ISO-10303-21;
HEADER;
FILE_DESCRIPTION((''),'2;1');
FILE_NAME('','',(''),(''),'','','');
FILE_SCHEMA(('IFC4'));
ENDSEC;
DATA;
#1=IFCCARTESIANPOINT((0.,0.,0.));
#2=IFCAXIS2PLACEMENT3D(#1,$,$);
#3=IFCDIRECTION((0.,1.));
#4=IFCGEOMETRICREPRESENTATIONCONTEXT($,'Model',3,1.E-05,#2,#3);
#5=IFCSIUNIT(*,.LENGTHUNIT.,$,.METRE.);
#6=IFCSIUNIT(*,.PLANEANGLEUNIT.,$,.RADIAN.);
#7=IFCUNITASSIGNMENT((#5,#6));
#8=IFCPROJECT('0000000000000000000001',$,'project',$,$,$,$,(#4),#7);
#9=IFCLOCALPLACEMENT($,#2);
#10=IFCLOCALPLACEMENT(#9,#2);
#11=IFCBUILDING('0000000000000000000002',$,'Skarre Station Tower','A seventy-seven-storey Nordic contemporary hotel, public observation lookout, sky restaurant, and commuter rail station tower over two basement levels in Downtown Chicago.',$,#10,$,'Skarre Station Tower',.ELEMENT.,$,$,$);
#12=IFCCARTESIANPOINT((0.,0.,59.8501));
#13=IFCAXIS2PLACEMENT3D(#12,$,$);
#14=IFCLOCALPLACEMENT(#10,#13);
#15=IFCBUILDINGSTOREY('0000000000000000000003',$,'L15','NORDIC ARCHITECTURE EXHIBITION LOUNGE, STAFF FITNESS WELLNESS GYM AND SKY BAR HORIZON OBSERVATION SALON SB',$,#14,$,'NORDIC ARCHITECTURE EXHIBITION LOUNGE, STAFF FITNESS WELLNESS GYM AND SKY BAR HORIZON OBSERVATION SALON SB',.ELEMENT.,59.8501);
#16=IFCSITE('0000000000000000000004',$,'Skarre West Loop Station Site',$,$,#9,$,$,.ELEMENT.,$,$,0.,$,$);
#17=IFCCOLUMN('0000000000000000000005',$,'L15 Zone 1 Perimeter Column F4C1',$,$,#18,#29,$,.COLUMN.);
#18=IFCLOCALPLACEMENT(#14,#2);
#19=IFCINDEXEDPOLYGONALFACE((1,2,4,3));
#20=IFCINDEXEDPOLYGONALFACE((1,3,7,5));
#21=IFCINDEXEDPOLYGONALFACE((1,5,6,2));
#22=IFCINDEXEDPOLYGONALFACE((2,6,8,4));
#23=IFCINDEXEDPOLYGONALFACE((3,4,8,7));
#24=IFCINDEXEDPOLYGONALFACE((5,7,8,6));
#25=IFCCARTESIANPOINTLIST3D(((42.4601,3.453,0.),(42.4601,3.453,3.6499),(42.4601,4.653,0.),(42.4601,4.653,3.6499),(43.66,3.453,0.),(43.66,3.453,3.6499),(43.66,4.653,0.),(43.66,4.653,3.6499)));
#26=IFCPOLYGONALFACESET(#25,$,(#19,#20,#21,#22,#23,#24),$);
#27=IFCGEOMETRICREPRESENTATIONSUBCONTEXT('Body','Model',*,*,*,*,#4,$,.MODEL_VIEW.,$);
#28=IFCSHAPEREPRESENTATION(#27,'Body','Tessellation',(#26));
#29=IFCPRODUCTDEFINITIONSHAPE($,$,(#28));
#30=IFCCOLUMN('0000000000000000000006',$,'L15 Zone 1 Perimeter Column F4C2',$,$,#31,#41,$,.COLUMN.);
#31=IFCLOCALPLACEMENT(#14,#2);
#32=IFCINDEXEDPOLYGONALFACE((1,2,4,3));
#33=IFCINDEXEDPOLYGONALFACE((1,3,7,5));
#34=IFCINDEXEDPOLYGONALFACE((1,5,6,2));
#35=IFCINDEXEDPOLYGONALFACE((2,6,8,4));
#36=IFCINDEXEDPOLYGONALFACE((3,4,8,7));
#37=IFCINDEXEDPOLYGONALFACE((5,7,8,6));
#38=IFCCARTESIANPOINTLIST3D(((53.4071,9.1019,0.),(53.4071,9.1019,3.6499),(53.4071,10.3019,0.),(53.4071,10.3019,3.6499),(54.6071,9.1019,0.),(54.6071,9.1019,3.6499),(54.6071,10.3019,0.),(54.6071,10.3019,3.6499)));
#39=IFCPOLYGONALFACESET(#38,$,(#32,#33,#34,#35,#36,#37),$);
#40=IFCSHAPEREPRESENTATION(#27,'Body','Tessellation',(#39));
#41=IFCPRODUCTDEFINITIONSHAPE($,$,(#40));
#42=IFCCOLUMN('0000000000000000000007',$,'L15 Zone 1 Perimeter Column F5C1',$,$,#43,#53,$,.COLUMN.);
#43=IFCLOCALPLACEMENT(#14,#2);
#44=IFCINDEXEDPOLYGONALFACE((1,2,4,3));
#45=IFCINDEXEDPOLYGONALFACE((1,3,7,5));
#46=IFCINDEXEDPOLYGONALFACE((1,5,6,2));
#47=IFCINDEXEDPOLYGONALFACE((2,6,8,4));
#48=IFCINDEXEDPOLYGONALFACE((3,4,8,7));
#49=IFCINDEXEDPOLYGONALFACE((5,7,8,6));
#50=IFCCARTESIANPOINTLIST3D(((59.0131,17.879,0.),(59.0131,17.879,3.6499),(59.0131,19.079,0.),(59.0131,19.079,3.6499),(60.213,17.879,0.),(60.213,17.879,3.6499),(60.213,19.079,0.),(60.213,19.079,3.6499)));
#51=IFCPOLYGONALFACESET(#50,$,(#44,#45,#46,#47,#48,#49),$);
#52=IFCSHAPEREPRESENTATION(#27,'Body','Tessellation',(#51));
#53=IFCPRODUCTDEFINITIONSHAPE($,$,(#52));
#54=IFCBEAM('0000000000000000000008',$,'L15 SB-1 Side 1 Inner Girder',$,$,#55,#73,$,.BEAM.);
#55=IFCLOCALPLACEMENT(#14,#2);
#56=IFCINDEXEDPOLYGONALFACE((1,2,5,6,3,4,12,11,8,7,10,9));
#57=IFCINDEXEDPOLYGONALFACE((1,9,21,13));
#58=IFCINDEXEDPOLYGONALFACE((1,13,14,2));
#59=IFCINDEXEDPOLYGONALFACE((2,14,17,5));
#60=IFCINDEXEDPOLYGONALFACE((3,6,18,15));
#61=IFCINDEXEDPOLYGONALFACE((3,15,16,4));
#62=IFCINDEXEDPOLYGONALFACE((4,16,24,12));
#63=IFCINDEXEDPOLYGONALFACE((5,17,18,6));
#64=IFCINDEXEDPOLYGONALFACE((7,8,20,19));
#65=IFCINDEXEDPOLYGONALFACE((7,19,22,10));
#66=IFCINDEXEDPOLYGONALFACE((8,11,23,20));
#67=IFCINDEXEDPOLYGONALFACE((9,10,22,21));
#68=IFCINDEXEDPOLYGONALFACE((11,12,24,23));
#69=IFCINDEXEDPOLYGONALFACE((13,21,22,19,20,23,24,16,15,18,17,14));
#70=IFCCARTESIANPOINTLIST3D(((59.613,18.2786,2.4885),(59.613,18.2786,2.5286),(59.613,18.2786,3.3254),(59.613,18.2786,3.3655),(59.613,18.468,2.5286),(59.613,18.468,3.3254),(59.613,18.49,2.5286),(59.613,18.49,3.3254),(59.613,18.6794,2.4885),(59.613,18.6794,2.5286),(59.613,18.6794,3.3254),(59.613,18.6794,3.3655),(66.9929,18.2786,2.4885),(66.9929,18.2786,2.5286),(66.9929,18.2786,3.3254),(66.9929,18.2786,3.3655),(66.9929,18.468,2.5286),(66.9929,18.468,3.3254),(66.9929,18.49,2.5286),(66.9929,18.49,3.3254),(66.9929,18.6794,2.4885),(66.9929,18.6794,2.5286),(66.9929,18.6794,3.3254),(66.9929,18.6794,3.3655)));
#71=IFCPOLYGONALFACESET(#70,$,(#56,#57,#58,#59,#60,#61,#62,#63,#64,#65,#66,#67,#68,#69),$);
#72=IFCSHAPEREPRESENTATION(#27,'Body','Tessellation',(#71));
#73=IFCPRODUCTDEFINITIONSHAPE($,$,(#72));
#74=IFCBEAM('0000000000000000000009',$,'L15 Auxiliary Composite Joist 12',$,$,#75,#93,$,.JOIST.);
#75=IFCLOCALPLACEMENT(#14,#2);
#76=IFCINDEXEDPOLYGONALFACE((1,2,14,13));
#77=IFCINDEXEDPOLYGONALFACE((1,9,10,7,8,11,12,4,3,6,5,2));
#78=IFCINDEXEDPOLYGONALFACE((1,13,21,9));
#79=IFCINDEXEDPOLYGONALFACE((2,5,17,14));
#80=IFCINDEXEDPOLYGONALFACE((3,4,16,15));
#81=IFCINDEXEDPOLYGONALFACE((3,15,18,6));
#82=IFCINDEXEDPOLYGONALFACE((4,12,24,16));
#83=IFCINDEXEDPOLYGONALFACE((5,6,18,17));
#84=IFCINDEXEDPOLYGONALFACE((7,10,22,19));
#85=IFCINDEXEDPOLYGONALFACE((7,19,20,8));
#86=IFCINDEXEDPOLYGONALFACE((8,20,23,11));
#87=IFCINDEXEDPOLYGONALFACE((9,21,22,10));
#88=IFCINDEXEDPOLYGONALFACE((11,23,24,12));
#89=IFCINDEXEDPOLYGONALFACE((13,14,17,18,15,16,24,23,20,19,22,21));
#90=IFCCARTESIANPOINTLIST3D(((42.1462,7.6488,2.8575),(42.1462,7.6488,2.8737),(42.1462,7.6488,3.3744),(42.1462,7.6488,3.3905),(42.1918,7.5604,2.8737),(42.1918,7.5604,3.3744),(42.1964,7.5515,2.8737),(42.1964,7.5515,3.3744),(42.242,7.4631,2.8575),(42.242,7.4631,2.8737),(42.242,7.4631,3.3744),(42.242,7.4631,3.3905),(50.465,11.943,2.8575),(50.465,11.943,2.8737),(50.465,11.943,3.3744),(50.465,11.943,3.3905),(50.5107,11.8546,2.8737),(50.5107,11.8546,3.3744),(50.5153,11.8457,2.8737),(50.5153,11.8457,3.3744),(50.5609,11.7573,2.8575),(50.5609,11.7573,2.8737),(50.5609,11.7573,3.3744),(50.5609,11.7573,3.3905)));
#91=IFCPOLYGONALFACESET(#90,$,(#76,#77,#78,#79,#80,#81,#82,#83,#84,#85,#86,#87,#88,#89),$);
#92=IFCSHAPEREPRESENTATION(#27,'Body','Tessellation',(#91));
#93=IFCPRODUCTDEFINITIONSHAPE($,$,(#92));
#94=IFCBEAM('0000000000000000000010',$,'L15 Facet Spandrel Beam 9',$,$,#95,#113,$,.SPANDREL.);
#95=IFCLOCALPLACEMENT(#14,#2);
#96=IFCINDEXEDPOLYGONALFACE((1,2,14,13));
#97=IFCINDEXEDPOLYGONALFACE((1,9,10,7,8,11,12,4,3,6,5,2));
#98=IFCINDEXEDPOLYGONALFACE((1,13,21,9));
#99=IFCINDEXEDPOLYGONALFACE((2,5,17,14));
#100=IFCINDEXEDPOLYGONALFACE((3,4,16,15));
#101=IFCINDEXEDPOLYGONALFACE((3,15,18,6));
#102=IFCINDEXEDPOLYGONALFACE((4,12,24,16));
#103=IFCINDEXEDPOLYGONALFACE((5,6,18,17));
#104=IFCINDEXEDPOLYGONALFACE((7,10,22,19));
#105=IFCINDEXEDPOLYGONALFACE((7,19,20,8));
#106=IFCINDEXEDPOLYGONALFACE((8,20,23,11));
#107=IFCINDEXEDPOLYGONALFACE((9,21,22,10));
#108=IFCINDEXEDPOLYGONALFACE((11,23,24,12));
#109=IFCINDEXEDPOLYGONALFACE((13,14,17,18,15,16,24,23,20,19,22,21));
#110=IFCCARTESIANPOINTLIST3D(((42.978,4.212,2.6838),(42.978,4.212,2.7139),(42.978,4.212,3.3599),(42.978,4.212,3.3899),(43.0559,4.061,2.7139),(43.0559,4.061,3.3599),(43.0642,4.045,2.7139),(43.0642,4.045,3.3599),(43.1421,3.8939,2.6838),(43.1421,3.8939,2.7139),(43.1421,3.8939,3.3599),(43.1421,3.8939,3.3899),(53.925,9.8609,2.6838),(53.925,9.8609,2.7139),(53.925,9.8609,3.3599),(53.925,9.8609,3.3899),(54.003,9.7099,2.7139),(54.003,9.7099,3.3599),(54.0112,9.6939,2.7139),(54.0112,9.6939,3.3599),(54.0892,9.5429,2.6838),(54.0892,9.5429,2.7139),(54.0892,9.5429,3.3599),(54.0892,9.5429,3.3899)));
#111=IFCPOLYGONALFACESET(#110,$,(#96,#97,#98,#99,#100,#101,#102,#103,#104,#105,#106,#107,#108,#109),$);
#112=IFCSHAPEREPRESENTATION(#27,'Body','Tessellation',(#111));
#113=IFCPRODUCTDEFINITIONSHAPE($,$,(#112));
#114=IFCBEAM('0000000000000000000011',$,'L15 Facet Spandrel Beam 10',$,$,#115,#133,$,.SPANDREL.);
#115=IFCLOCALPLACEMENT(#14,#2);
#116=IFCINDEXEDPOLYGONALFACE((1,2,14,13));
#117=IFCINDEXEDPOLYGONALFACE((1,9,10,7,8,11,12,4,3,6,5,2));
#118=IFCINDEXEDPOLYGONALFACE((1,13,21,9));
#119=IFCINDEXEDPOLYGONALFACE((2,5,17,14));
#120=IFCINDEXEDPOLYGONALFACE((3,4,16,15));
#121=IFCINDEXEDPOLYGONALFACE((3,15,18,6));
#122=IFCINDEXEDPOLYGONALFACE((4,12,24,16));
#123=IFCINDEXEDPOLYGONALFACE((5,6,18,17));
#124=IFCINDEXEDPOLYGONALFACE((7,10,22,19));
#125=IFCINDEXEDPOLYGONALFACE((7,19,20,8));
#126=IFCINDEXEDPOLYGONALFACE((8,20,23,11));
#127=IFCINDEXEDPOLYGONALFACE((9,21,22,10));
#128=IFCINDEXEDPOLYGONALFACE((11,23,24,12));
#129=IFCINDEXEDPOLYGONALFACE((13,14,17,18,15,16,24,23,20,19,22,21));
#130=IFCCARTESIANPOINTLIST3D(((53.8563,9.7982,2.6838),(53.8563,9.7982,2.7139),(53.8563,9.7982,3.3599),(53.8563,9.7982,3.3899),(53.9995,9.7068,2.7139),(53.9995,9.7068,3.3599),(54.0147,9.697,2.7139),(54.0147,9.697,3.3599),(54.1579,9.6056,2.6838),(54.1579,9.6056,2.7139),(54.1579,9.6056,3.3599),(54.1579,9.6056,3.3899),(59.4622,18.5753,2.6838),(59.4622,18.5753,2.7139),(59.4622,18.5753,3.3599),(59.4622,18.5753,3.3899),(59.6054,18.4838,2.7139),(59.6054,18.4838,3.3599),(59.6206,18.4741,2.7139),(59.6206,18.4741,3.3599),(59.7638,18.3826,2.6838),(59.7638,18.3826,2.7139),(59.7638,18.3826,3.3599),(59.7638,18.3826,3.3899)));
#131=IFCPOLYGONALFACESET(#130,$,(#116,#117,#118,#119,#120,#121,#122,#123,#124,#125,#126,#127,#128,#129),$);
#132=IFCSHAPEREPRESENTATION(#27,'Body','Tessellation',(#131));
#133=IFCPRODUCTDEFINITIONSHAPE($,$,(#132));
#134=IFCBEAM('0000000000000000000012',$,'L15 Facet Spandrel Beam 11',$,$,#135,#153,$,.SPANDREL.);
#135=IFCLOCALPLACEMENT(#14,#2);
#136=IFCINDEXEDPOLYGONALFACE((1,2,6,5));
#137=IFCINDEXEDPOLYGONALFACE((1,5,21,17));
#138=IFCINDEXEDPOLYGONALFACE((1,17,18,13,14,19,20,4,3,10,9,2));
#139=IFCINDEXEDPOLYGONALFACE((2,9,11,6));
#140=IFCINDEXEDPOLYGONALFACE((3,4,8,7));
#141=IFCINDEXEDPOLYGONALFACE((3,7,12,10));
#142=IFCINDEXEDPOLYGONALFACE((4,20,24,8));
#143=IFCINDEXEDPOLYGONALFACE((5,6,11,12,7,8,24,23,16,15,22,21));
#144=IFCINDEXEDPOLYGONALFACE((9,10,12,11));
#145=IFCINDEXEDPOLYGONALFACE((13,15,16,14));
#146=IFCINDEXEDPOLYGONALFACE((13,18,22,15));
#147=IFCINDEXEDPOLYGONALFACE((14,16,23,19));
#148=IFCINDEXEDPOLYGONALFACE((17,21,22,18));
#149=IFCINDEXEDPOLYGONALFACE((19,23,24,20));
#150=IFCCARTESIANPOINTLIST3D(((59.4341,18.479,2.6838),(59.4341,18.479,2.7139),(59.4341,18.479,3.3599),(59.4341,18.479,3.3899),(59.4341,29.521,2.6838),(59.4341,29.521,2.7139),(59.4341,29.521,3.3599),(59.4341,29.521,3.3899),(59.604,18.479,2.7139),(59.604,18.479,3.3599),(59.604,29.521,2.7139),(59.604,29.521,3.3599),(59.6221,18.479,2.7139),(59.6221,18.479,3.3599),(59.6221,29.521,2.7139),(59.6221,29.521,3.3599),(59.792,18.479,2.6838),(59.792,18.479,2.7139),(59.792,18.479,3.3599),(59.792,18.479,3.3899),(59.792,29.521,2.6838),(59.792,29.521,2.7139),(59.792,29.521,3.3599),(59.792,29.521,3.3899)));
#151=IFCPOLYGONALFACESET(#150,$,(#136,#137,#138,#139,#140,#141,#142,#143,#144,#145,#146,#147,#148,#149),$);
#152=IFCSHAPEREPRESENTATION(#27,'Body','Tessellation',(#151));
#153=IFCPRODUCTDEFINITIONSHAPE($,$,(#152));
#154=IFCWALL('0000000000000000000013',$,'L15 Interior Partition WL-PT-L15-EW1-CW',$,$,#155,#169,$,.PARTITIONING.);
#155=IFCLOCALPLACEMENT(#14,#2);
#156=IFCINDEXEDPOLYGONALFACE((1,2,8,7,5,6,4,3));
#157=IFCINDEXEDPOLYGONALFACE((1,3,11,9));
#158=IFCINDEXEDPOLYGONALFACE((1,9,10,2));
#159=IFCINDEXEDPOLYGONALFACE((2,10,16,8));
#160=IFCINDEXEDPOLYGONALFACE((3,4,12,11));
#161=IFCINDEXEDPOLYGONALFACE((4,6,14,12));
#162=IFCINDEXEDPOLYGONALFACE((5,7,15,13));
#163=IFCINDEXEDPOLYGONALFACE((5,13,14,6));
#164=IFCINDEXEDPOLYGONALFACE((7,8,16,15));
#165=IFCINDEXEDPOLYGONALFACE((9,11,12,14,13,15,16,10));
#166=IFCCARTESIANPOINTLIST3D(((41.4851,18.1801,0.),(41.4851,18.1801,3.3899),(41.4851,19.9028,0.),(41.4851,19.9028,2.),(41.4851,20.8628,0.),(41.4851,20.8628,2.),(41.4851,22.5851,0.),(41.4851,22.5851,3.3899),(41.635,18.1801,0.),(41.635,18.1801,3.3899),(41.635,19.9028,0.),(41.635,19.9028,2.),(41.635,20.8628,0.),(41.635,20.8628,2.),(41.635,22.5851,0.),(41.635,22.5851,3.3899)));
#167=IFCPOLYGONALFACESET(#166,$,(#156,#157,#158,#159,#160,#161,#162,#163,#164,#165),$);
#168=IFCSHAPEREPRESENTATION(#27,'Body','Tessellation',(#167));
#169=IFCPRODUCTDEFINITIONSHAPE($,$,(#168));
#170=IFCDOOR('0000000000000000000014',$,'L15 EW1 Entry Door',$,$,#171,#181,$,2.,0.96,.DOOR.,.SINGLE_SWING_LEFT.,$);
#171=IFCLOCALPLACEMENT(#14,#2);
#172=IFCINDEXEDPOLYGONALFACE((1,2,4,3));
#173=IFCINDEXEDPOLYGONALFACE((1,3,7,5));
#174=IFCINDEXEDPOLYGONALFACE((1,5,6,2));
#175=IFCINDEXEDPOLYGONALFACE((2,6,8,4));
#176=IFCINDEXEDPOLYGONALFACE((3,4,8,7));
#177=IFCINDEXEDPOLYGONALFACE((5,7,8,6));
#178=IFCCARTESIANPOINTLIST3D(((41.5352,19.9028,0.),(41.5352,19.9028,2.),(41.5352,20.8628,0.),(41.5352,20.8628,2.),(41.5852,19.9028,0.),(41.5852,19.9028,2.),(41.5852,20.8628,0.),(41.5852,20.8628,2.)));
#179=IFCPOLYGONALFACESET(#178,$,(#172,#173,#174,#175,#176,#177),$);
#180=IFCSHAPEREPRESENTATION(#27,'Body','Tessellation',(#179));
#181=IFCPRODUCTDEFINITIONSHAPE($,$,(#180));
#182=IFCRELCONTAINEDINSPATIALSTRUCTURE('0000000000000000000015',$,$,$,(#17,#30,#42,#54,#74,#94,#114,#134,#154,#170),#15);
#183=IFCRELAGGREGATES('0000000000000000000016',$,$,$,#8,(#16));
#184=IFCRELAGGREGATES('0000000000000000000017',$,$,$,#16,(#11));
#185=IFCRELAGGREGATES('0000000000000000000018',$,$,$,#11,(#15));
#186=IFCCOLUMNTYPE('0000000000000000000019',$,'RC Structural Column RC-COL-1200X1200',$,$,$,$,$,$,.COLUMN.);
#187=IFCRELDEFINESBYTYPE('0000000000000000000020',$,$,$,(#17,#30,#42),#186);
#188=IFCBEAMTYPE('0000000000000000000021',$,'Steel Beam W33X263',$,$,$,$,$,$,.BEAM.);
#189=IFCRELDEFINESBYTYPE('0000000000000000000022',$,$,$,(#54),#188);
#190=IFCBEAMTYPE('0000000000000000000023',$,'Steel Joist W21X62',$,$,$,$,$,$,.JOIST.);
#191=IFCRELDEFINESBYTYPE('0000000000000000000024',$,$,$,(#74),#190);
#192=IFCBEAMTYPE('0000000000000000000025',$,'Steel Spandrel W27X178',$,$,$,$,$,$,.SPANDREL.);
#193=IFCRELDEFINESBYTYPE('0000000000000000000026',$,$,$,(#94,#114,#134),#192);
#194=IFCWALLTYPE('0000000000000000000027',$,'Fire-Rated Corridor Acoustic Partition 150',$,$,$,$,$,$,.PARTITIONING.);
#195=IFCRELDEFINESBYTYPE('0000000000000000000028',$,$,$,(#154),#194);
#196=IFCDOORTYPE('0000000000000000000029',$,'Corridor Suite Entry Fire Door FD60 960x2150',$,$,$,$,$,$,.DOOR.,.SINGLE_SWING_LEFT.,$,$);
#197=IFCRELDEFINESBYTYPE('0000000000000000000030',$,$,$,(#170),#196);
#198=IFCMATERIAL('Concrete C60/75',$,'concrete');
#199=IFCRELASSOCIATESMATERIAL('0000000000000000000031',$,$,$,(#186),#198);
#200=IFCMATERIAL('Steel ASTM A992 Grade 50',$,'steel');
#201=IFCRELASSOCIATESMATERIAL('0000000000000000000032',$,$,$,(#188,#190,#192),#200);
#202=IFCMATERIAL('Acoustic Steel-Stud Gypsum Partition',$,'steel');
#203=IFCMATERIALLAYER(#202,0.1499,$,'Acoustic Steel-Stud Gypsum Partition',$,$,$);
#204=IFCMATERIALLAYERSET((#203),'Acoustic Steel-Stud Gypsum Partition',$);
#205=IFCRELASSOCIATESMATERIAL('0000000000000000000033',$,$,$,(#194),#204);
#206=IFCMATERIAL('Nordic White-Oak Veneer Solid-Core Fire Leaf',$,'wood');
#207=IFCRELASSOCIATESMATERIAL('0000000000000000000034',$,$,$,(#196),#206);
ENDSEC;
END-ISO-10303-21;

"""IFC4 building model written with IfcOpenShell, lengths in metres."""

from ifc_helpers import new_model, si_unit, direction, frame, frame_2d, origin, origin_2d, place, context, subcontext, project, spatial, rectangle, i_section, extrude, material, layer, layer_set, material_profile, profile_set, type_object, element, fill, save


model = new_model("IFC4")

# Units and contexts
model_context = context("Model", 3, precision=1e-05, world=origin(), true_north=direction((0.0, 1.0)))
body_context = subcontext(model_context, "Body", "Model", "MODEL_VIEW")
ifc_project = project(units=[si_unit("LENGTHUNIT", "METRE"), si_unit("PLANEANGLEUNIT", "RADIAN")], contexts=[model_context])

# Site, building, storey
site_placement = place(None, origin())
site = spatial("IfcSite", under=ifc_project, at=site_placement, Name="Skarre West Loop Station Site", CompositionType="ELEMENT", RefElevation=0.0)
building_placement = place(site_placement, origin())
building = spatial("IfcBuilding", under=site, at=building_placement, Name="Skarre Station Tower", Description="A seventy-seven-storey Nordic contemporary hotel, public observation lookout, sky restaurant, and commuter rail station tower over two basement levels in Downtown Chicago.", LongName="Skarre Station Tower", CompositionType="ELEMENT")
storey_placement = place(building_placement, frame((0.0, 0.0, 59.8501)))
storey = spatial("IfcBuildingStorey", under=building, at=storey_placement, Name="L15", Description="NORDIC ARCHITECTURE EXHIBITION LOUNGE, STAFF FITNESS WELLNESS GYM AND SKY BAR HORIZON OBSERVATION SALON SB", LongName="NORDIC ARCHITECTURE EXHIBITION LOUNGE, STAFF FITNESS WELLNESS GYM AND SKY BAR HORIZON OBSERVATION SALON SB", CompositionType="ELEMENT", Elevation=59.8501)

# Columns
ifc_material_1 = material(Name="Concrete C60/75", Category="concrete")
ifc_material_profile_1 = material_profile(ifc_material_1, rectangle(XDim=1.2, YDim=1.2, at=origin_2d()), Name="Concrete C60/75")
ifc_profile_set_1 = profile_set([ifc_material_profile_1], Name="Concrete C60/75")
column_type = type_object("IfcColumnType", Name="RC Structural Column RC-COL-1200X1200", PredefinedType="COLUMN", material=ifc_profile_set_1)
for number, where, z_axis, x_axis, name in (
    (1, (43.0601, 4.053, 0.0), (0.0, 0.0, 1.0), (1.0, 0.0, 0.0), "L15 Zone 1 Perimeter Column F4C1"),
    (2, (54.0071, 9.7019, 0.0), (0.0, 0.0, 1.0), (1.0, 0.0, 0.0), "L15 Zone 1 Perimeter Column F4C2"),
    (3, (59.613, 18.479, 0.0), (0.0, 0.0, 1.0), (1.0, 0.0, 0.0), "L15 Zone 1 Perimeter Column F5C1"),
):
    element("IfcColumn", number, at=place(storey_placement, frame(where, z_axis=z_axis, x_axis=x_axis)), inside=storey, type_object=column_type, Name=name, PredefinedType="COLUMN", context=body_context, shape_type="SweptSolid", body=[
        extrude(rectangle(XDim=1.2, YDim=1.2, at=origin_2d()), origin(), (0.0, 0.0, 1.0), 3.6499),
    ])

# Beams
ifc_material_2 = material(Name="Steel ASTM A992 Grade 50", Category="steel")
ifc_material_profile_2 = material_profile(ifc_material_2, i_section(OverallWidth=0.4009, OverallDepth=0.877, WebThickness=0.022, FlangeThickness=0.04, at=origin_2d()), Name="Steel ASTM A992 Grade 50")
ifc_profile_set_2 = profile_set([ifc_material_profile_2], Name="Steel ASTM A992 Grade 50")
beam_type_1 = type_object("IfcBeamType", Name="Steel Beam W33X263", PredefinedType="BEAM", material=ifc_profile_set_2)
beam_1_placement = place(storey_placement, frame((59.613, 18.479, 2.927), z_axis=(1.0, 0.0, 0.0), x_axis=(0.0, 1.0, 0.0)))
element("IfcBeam", 4, at=beam_1_placement, inside=storey, type_object=beam_type_1, Name="L15 SB-1 Side 1 Inner Girder", PredefinedType="BEAM", context=body_context, shape_type="SweptSolid", body=[
    extrude(i_section(OverallWidth=0.4009, OverallDepth=0.877, WebThickness=0.022, FlangeThickness=0.04, at=origin_2d()), origin(), (0.0, 0.0, 1.0), 7.3799),
])
ifc_material_profile_3 = material_profile(ifc_material_2, i_section(OverallWidth=0.209, OverallDepth=0.533, WebThickness=0.01, FlangeThickness=0.0161, at=origin_2d()), Name="Steel ASTM A992 Grade 50")
ifc_profile_set_3 = profile_set([ifc_material_profile_3], Name="Steel ASTM A992 Grade 50")
beam_type_2 = type_object("IfcBeamType", Name="Steel Joist W21X62", PredefinedType="JOIST", material=ifc_profile_set_3)
beam_2_placement = place(storey_placement, frame((42.1941, 7.5559, 3.124), z_axis=(0.888595, 0.458693, 0.0), x_axis=(-0.458693, 0.888595, 0.0)))
element("IfcBeam", 5, at=beam_2_placement, inside=storey, type_object=beam_type_2, Name="L15 Auxiliary Composite Joist 12", PredefinedType="JOIST", context=body_context, shape_type="SweptSolid", body=[
    extrude(i_section(OverallWidth=0.209, OverallDepth=0.533, WebThickness=0.01, FlangeThickness=0.0161, at=origin_2d()), origin(), (0.0, 0.0, 1.0), 9.3618),
])
ifc_material_profile_4 = material_profile(ifc_material_2, i_section(OverallWidth=0.3579, OverallDepth=0.7061, WebThickness=0.0181, FlangeThickness=0.03, at=origin_2d()), Name="Steel ASTM A992 Grade 50")
ifc_profile_set_4 = profile_set([ifc_material_profile_4], Name="Steel ASTM A992 Grade 50")
beam_type_3 = type_object("IfcBeamType", Name="Steel Spandrel W27X178", PredefinedType="SPANDREL", material=ifc_profile_set_4)
beam_3_placement = place(storey_placement, frame((43.0601, 4.053, 3.0369), z_axis=(0.888659, 0.458569, 0.0), x_axis=(-0.458569, 0.888659, 0.0)))
element("IfcBeam", 6, at=beam_3_placement, inside=storey, type_object=beam_type_3, Name="L15 Facet Spandrel Beam 9", PredefinedType="SPANDREL", context=body_context, shape_type="SweptSolid", body=[
    extrude(i_section(OverallWidth=0.3579, OverallDepth=0.7061, WebThickness=0.0181, FlangeThickness=0.03, at=origin_2d()), origin(), (0.0, 0.0, 1.0), 12.3186),
])
beam_4_placement = place(storey_placement, frame((54.0071, 9.7019, 3.0369), z_axis=(0.538278, 0.842767, 0.0), x_axis=(-0.842767, 0.538278, 0.0)))
element("IfcBeam", 7, at=beam_4_placement, inside=storey, type_object=beam_type_3, Name="L15 Facet Spandrel Beam 10", PredefinedType="SPANDREL", context=body_context, shape_type="SweptSolid", body=[
    extrude(i_section(OverallWidth=0.3579, OverallDepth=0.7061, WebThickness=0.0181, FlangeThickness=0.03, at=origin_2d()), origin(), (0.0, 0.0, 1.0), 10.4146),
])
beam_5_placement = place(storey_placement, frame((59.613, 18.479, 3.0369), z_axis=(0.0, 1.0, 0.0), x_axis=(-1.0, 0.0, 0.0)))
element("IfcBeam", 8, at=beam_5_placement, inside=storey, type_object=beam_type_3, Name="L15 Facet Spandrel Beam 11", PredefinedType="SPANDREL", context=body_context, shape_type="SweptSolid", body=[
    extrude(i_section(OverallWidth=0.3579, OverallDepth=0.7061, WebThickness=0.0181, FlangeThickness=0.03, at=origin_2d()), origin(), (0.0, 0.0, 1.0), 11.042),
])

# Wall, opening, door
ifc_material_3 = material(Name="Acoustic Steel-Stud Gypsum Partition", Category="steel")
ifc_layer_1 = layer(ifc_material_3, 0.1499, Name="Acoustic Steel-Stud Gypsum Partition")
ifc_layer_set_1 = layer_set([ifc_layer_1], Name="Acoustic Steel-Stud Gypsum Partition")
wall_type_1 = type_object("IfcWallType", Name="Fire-Rated Corridor Acoustic Partition 150", PredefinedType="PARTITIONING", material=ifc_layer_set_1)
wall_1_placement = place(storey_placement, frame((41.5601, 18.1799, 0.0), z_axis=(0.0, 0.0, 1.0), x_axis=(0.0, 1.0, 0.0)))
wall_1 = element("IfcWall", 9, at=wall_1_placement, inside=storey, type_object=wall_type_1, Name="L15 Interior Partition WL-PT-L15-EW1-CW", PredefinedType="PARTITIONING", context=body_context, shape_type="SweptSolid", body=[
    extrude(rectangle(XDim=4.405, YDim=0.1499, at=frame_2d((2.2026, 0.0))), origin(), (0.0, 0.0, 1.0), 3.3899),
])
opening_1_placement = place(wall_1_placement, frame((1.7229, 0.0, 0.0)))
opening_1 = element("IfcOpeningElement", 10, at=opening_1_placement, cuts=wall_1, PredefinedType="OPENING", context=body_context, shape_type="SweptSolid", body=[
    extrude(rectangle(XDim=0.96, YDim=2.0, at=frame_2d((0.48, 1.0))), frame((0.0, 0.085, 0.0), z_axis=(0.0, -1.0, 0.0), x_axis=(1.0, 0.0, 0.0)), (0.0, 0.0, 1.0), 0.1699),
])
ifc_material_4 = material(Name="Nordic White-Oak Veneer Solid-Core Fire Leaf", Category="wood")
door_type = type_object("IfcDoorType", Name="Corridor Suite Entry Fire Door FD60 960x2150", OperationType="SINGLE_SWING_LEFT", PredefinedType="DOOR", material=ifc_material_4)
door_1_placement = place(opening_1_placement, origin())
door_1 = element("IfcDoor", 11, at=door_1_placement, inside=storey, type_object=door_type, Name="L15 EW1 Entry Door", OperationType="SINGLE_SWING_LEFT", OverallHeight=2.0, OverallWidth=0.96, PredefinedType="DOOR", context=body_context, shape_type="SweptSolid", body=[
    extrude(rectangle(XDim=0.96, YDim=2.0, at=frame_2d((0.48, 1.0))), frame((0.0, 0.0249, 0.0), z_axis=(0.0, -1.0, 0.0), x_axis=(1.0, 0.0, 0.0)), (0.0, 0.0, 1.0), 0.05),
])
fill(opening_1, door_1)

save(model, "model.ifc")
